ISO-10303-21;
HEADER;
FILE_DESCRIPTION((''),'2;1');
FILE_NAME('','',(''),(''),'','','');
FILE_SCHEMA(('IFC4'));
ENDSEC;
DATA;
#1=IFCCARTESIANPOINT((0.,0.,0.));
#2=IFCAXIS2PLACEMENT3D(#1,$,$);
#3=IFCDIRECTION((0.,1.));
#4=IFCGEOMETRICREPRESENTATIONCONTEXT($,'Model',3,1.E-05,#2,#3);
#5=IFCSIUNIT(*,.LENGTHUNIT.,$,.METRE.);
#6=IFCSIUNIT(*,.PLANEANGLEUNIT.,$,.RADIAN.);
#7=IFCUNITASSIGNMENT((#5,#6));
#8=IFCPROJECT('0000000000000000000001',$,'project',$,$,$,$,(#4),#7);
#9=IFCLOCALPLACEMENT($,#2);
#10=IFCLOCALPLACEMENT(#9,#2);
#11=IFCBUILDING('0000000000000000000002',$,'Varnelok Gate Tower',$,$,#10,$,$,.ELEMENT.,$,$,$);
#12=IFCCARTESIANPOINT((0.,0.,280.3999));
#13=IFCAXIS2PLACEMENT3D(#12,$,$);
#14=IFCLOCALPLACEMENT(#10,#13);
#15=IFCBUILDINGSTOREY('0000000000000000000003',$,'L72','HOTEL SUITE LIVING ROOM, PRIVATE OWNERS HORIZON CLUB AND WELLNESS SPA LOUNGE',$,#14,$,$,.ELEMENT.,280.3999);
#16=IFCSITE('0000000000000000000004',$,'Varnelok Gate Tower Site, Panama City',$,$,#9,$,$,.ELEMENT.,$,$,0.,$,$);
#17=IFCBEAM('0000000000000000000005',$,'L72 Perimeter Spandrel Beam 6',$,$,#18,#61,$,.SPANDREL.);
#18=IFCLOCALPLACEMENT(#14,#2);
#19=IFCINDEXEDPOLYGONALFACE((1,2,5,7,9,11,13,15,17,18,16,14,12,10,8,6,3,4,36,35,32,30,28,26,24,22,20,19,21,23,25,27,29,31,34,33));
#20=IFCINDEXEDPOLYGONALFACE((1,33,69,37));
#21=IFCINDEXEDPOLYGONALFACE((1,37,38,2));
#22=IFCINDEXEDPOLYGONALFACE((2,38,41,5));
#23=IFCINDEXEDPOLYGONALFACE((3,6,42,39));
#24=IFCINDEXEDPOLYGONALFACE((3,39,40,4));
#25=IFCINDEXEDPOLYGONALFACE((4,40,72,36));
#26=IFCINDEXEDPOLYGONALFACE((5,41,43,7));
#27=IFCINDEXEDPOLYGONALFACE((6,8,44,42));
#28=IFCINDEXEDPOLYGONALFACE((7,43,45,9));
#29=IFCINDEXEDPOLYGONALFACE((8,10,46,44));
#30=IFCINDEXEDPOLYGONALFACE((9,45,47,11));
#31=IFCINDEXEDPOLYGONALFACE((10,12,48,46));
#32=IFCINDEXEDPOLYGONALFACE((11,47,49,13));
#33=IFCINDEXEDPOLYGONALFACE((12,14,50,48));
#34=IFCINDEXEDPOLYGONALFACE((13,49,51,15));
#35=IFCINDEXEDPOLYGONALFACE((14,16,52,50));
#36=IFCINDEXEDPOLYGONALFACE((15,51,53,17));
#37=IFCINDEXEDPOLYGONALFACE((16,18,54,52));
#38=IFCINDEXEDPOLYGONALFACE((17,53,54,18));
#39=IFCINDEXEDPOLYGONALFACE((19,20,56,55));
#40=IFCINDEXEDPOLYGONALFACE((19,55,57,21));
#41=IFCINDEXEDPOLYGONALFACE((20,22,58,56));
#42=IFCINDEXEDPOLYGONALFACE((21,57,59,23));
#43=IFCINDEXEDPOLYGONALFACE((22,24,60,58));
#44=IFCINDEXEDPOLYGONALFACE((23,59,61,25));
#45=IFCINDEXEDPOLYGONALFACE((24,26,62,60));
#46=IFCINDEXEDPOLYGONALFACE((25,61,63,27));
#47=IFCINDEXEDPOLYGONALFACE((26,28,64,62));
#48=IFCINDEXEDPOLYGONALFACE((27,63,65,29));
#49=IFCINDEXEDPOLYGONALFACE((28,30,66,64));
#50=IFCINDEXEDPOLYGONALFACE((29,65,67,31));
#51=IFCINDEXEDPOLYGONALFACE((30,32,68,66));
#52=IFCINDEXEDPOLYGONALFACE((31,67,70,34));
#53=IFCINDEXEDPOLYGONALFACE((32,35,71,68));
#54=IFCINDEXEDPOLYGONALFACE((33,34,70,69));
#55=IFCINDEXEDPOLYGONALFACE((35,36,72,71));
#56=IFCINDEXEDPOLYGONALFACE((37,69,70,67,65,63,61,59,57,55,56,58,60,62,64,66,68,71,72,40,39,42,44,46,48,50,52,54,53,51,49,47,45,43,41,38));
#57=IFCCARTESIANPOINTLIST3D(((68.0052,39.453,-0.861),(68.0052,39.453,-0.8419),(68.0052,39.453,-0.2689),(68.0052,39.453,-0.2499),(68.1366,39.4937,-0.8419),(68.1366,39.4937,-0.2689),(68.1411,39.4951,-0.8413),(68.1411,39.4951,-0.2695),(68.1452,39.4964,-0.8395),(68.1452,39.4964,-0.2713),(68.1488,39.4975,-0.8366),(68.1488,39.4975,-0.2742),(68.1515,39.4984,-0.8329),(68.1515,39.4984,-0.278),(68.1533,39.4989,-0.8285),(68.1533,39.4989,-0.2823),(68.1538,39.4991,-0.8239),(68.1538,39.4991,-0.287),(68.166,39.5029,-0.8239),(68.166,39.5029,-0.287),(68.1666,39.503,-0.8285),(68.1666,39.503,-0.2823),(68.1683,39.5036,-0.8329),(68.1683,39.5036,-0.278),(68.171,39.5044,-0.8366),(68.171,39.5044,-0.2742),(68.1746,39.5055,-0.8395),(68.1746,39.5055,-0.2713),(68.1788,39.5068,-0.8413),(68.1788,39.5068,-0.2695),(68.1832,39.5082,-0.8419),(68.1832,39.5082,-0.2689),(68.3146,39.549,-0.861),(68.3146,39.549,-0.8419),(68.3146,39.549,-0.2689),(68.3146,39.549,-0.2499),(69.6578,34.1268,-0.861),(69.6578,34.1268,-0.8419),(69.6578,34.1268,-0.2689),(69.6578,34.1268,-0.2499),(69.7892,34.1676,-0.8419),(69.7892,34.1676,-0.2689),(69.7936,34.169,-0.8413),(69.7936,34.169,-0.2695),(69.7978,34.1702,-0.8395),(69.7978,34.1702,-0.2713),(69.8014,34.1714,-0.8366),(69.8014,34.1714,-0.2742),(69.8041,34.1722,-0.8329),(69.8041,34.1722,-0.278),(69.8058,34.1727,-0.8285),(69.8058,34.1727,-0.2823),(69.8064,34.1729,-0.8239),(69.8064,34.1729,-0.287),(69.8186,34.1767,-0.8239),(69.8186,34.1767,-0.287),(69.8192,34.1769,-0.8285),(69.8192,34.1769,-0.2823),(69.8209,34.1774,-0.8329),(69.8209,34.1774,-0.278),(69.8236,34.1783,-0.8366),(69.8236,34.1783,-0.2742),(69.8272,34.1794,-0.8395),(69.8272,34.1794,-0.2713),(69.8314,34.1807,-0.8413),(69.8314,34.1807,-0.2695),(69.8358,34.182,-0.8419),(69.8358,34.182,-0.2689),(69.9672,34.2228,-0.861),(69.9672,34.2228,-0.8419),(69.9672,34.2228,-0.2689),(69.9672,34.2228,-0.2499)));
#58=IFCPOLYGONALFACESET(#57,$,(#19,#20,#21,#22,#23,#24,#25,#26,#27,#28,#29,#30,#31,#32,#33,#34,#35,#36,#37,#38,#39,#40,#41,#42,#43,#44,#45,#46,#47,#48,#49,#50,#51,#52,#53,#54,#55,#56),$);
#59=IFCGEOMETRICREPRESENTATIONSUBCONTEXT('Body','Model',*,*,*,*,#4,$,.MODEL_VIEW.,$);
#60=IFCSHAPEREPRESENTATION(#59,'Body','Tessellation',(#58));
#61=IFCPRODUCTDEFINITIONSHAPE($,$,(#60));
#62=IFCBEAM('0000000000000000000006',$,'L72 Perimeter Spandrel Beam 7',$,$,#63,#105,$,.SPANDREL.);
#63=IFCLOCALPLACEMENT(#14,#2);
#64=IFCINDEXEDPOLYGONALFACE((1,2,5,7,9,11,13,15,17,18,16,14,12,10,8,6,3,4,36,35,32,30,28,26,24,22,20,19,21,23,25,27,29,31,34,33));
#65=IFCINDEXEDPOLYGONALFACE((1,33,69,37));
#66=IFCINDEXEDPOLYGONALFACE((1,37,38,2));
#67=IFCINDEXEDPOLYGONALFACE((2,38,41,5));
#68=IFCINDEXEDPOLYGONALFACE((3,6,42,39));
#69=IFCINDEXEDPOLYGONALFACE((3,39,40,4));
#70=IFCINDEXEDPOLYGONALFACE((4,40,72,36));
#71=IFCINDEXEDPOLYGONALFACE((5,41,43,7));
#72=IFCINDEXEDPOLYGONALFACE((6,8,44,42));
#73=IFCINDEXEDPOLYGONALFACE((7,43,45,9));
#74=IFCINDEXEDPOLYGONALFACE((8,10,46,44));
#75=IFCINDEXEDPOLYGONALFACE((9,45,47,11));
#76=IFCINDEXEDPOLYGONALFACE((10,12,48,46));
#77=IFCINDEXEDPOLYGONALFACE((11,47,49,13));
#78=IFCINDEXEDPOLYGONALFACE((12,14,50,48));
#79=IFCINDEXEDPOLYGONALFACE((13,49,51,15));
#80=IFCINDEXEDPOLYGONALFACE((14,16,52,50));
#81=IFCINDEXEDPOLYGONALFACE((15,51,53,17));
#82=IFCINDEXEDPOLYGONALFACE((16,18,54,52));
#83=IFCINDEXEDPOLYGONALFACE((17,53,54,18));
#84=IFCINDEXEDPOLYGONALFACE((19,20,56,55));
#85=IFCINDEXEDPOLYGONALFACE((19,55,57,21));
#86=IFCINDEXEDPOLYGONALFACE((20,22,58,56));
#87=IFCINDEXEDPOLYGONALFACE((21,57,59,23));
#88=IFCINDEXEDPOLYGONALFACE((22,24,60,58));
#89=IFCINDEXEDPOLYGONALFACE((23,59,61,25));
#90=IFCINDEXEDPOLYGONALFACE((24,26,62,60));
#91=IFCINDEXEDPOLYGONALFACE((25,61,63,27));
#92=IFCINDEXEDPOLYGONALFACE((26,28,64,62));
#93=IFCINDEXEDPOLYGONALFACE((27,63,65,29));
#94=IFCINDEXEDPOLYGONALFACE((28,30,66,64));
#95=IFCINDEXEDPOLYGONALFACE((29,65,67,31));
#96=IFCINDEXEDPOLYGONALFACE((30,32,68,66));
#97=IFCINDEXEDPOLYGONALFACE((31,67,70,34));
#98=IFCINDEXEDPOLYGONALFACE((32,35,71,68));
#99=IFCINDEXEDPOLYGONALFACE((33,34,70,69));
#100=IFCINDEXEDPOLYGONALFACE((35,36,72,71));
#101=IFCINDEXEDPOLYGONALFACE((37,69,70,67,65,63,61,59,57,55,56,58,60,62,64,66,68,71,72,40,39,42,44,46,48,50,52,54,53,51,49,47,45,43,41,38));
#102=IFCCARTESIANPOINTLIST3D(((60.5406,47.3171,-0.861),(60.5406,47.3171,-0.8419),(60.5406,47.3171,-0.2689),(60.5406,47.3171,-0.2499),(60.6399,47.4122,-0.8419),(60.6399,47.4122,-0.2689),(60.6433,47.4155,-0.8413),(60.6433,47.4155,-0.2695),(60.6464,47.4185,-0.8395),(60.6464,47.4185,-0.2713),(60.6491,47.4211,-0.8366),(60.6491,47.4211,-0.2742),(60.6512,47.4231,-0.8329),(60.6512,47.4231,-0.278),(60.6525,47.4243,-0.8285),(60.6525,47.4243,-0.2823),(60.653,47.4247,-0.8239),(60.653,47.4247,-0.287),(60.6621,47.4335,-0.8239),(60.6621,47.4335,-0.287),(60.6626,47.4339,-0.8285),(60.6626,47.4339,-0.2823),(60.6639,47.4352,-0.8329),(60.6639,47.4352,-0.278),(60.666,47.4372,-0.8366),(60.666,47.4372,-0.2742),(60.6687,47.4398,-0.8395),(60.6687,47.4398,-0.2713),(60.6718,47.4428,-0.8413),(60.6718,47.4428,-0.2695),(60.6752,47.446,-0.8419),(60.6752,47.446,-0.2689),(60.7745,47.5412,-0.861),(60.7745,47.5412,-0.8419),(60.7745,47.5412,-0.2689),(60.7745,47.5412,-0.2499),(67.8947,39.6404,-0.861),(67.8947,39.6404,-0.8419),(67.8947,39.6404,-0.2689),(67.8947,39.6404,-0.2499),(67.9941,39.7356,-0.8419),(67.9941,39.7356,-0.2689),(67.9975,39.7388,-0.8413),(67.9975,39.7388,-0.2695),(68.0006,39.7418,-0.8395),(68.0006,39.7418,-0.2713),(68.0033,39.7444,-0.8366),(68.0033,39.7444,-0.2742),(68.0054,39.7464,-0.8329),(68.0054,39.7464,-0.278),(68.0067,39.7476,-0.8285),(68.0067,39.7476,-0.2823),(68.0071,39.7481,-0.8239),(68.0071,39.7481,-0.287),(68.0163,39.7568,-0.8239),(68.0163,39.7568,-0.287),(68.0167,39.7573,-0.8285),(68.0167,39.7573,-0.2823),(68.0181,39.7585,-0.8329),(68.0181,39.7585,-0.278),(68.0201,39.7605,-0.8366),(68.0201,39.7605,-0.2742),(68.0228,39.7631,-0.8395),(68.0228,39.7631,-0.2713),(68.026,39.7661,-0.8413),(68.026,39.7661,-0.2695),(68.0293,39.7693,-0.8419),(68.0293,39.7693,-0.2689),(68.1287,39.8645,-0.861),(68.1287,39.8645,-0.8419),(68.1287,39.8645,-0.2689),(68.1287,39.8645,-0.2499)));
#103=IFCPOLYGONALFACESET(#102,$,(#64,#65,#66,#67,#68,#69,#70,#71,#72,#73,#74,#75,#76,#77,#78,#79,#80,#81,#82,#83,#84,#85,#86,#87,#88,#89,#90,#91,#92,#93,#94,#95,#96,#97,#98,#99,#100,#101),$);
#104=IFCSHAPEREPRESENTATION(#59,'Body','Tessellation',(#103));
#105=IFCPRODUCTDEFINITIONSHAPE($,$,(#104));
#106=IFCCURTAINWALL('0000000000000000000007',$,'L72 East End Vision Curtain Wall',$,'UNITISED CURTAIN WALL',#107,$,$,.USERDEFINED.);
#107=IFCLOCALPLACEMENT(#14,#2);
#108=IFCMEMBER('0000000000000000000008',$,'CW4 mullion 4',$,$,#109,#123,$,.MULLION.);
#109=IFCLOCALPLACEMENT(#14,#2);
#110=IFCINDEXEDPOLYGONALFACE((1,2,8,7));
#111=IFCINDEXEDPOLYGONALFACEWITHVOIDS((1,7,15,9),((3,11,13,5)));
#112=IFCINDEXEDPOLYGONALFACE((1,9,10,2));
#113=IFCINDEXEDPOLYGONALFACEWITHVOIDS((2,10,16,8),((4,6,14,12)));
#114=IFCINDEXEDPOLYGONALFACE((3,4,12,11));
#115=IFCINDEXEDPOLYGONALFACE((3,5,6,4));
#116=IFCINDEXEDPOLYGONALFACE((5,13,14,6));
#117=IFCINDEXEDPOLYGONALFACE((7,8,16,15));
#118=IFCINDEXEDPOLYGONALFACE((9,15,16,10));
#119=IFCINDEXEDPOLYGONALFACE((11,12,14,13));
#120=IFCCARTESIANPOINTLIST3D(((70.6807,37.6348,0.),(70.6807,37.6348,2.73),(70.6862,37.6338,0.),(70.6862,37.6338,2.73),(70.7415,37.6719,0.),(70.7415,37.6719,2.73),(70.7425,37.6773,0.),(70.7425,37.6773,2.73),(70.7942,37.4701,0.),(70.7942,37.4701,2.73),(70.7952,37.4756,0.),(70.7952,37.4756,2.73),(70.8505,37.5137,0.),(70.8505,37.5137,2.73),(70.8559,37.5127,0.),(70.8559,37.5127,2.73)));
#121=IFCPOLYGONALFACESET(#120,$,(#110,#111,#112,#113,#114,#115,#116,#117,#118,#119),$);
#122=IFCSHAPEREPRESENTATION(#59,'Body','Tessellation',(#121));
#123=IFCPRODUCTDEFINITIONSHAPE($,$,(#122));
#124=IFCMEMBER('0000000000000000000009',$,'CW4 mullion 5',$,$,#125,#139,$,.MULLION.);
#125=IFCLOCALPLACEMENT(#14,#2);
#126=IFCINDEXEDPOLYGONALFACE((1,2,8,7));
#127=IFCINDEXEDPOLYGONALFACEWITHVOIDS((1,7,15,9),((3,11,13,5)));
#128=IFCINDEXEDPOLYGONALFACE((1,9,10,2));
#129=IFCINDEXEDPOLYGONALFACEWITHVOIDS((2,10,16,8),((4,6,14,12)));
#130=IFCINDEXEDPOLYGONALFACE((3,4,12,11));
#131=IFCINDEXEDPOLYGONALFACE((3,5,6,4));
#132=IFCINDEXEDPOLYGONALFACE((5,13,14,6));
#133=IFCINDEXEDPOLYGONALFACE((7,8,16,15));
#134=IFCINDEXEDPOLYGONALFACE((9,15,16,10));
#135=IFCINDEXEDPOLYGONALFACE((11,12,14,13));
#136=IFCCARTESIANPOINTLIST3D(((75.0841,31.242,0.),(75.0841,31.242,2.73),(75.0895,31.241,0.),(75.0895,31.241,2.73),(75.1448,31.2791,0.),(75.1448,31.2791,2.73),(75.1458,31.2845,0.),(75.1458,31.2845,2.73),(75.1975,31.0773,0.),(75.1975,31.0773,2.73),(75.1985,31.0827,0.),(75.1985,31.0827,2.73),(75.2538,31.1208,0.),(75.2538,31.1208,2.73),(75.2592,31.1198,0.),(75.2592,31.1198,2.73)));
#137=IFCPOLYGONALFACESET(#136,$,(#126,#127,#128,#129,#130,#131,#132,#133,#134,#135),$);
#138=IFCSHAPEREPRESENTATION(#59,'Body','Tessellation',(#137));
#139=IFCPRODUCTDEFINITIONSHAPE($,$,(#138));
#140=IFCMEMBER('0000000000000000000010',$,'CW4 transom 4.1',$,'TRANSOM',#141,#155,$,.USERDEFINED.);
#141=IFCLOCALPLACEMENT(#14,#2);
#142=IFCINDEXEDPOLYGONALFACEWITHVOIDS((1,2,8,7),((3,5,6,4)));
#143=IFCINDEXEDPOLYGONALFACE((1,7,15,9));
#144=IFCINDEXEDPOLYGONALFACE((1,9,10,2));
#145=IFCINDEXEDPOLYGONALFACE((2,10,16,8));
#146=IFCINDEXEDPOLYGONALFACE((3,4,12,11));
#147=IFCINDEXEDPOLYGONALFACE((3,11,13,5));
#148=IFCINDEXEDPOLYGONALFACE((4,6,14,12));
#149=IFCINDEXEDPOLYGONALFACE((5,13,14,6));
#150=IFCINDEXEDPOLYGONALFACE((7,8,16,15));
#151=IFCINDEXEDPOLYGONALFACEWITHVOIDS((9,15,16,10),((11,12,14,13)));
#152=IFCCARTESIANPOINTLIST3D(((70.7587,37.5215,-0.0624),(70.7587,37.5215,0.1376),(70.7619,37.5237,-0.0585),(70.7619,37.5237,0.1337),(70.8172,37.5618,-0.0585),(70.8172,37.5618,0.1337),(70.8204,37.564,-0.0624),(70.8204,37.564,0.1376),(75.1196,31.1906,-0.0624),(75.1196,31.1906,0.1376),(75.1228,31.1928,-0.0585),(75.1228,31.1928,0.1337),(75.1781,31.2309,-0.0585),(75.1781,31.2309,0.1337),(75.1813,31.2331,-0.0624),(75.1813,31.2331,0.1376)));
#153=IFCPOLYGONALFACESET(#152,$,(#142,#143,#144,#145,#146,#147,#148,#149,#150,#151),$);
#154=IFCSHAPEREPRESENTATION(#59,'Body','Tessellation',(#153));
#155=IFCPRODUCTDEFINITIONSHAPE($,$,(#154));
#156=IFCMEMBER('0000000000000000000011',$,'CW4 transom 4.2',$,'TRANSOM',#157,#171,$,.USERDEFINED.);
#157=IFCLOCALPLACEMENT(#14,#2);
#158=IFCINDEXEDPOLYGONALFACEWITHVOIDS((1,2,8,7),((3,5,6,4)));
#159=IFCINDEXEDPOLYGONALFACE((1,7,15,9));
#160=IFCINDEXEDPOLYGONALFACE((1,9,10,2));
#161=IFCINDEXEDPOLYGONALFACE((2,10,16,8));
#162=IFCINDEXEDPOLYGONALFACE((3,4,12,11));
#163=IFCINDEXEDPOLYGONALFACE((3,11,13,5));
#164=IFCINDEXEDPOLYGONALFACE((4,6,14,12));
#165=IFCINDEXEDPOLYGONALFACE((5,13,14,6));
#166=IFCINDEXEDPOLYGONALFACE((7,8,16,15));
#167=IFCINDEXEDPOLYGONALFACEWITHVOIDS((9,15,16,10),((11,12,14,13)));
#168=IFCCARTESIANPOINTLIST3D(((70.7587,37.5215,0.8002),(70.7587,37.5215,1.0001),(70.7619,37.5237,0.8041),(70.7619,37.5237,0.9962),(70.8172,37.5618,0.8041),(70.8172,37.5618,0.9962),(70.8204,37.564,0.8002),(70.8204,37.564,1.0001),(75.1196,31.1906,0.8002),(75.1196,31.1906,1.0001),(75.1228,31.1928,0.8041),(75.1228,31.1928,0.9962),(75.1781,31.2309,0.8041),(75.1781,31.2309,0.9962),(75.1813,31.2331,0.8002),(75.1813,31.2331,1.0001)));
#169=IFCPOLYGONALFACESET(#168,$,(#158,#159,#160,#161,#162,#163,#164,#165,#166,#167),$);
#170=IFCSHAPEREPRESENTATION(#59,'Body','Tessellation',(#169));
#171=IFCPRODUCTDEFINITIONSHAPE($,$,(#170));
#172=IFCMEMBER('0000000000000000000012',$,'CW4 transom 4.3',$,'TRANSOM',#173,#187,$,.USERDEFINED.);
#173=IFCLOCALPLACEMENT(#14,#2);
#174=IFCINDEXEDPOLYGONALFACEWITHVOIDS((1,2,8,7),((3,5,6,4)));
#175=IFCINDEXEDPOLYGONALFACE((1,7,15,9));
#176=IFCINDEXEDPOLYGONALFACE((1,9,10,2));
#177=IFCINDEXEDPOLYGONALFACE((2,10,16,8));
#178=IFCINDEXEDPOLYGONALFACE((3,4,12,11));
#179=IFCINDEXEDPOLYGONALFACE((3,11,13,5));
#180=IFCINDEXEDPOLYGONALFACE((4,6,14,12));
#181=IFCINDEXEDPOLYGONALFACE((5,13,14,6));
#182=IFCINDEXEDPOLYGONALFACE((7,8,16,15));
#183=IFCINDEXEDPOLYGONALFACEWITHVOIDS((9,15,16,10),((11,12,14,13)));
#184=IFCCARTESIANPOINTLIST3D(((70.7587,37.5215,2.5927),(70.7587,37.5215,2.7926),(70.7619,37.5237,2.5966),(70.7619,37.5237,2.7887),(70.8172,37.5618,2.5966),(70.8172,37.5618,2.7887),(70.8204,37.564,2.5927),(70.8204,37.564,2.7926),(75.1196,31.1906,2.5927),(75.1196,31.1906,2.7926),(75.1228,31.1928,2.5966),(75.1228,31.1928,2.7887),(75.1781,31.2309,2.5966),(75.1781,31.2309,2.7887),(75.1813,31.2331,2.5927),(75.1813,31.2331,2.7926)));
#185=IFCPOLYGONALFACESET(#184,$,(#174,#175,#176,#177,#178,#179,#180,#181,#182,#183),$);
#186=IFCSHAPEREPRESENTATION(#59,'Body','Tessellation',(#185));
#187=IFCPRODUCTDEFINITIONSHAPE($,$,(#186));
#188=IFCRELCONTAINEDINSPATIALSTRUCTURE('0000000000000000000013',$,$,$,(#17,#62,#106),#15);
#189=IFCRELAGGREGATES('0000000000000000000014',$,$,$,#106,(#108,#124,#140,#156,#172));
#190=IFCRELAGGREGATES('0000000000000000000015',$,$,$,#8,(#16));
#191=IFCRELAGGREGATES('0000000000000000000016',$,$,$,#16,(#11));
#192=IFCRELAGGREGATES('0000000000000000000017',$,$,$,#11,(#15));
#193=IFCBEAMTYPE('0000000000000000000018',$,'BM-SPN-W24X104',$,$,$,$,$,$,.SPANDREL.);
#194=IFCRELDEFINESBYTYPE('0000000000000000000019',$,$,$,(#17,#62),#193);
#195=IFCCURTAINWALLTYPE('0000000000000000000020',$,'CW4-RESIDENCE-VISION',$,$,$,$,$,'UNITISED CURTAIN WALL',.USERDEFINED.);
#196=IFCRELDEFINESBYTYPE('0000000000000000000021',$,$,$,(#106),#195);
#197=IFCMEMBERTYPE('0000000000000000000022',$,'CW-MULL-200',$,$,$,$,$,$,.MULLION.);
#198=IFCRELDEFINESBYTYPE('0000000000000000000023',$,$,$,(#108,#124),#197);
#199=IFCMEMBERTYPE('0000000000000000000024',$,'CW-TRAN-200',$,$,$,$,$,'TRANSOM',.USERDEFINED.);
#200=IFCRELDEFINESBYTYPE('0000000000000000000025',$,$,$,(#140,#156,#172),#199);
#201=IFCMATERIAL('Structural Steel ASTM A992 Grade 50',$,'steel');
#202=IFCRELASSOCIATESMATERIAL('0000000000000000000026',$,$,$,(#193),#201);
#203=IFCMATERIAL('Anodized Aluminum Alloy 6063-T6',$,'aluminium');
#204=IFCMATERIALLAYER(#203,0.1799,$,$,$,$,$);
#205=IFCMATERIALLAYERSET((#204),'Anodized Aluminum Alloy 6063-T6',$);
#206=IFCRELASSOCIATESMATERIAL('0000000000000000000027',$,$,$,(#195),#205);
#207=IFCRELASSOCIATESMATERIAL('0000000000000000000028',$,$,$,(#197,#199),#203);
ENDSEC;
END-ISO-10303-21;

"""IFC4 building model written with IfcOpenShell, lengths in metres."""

from ifc_helpers import new_model, si_unit, direction, frame, origin, origin_2d, place, context, subcontext, project, spatial, hollow_rectangle, i_section, extrude, material, layer, layer_set, material_profile, profile_set, type_object, element, aggregate, save


model = new_model("IFC4")

# Units and contexts
model_context = context("Model", 3, precision=1e-05, world=origin(), true_north=direction((0.0, 1.0)))
body_context = subcontext(model_context, "Body", "Model", "MODEL_VIEW")
ifc_project = project(units=[si_unit("LENGTHUNIT", "METRE"), si_unit("PLANEANGLEUNIT", "RADIAN")], contexts=[model_context])

# Site, building, storey
site_placement = place(None, origin())
site = spatial("IfcSite", under=ifc_project, at=site_placement, Name="Varnelok Gate Tower Site, Panama City", CompositionType="ELEMENT", RefElevation=0.0)
building_placement = place(site_placement, origin())
building = spatial("IfcBuilding", under=site, at=building_placement, Name="Varnelok Gate Tower", CompositionType="ELEMENT")
storey_placement = place(building_placement, frame((0.0, 0.0, 280.3999)))
storey = spatial("IfcBuildingStorey", under=building, at=storey_placement, Name="L72", Description="HOTEL SUITE LIVING ROOM, PRIVATE OWNERS HORIZON CLUB AND WELLNESS SPA LOUNGE", CompositionType="ELEMENT", Elevation=280.3999)

# Shared definitions
ifc_material_1 = material(Name="Structural Steel ASTM A992 Grade 50", Category="steel")

# Beams
ifc_material_profile_1 = material_profile(ifc_material_1, i_section(OverallWidth=0.324, OverallDepth=0.6111, WebThickness=0.0127, FlangeThickness=0.019, FilletRadius=0.0181, at=origin_2d()), Name="W24X104")
ifc_profile_set_1 = profile_set([ifc_material_profile_1], Name="Structural Steel ASTM A992 Grade 50")
beam_type_1 = type_object("IfcBeamType", Name="BM-SPN-W24X104", PredefinedType="SPANDREL", material=ifc_profile_set_1)
beam_1_placement = place(storey_placement, frame((69.8125, 34.1748, -0.5554), z_axis=(-0.29634, 0.955083, 0.0), x_axis=(-0.955083, -0.29634, 0.0)))
element("IfcBeam", 1, at=beam_1_placement, inside=storey, type_object=beam_type_1, Name="L72 Perimeter Spandrel Beam 6", PredefinedType="SPANDREL", context=body_context, shape_type="SweptSolid", body=[
    extrude(i_section(OverallWidth=0.324, OverallDepth=0.6111, WebThickness=0.0127, FlangeThickness=0.019, FilletRadius=0.0181, at=origin_2d()), origin(), (0.0, 0.0, 1.0), 5.5767),
])
beam_2_placement = place(storey_placement, frame((68.0117, 39.7524, -0.5554), z_axis=(-0.691776, 0.722112, 0.0), x_axis=(-0.722112, -0.691776, 0.0)))
element("IfcBeam", 2, at=beam_2_placement, inside=storey, type_object=beam_type_1, Name="L72 Perimeter Spandrel Beam 7", PredefinedType="SPANDREL", context=body_context, shape_type="SweptSolid", body=[
    extrude(i_section(OverallWidth=0.324, OverallDepth=0.6111, WebThickness=0.0127, FlangeThickness=0.019, FilletRadius=0.0181, at=origin_2d()), origin(), (0.0, 0.0, 1.0), 10.6309),
])

# Curtain wall, members
ifc_material_2 = material(Name="Anodized Aluminum Alloy 6063-T6", Category="aluminium")
ifc_layer_1 = layer(ifc_material_2, 0.1799)
ifc_layer_set_1 = layer_set([ifc_layer_1], Name="Anodized Aluminum Alloy 6063-T6")
curtain_wall_type = type_object("IfcCurtainWallType", Name="CW4-RESIDENCE-VISION", ElementType="UNITISED CURTAIN WALL", PredefinedType="USERDEFINED", material=ifc_layer_set_1)
curtain_wall_placement = place(storey_placement, origin())
curtain_wall = element("IfcCurtainWall", 3, at=curtain_wall_placement, inside=storey, type_object=curtain_wall_type, Name="L72 East End Vision Curtain Wall", ObjectType="UNITISED CURTAIN WALL", PredefinedType="USERDEFINED")
ifc_material_profile_2 = material_profile(ifc_material_2, hollow_rectangle(XDim=0.075, YDim=0.2, WallThickness=0.0039, at=origin_2d()), Name="ALU200X75X4")
ifc_profile_set_2 = profile_set([ifc_material_profile_2], Name="Anodized Aluminum Alloy 6063-T6")
member_type_1 = type_object("IfcMemberType", Name="CW-MULL-200", PredefinedType="MULLION", material=ifc_profile_set_2)
member_1_placement = place(storey_placement, frame((70.7683, 37.5737, 0.0), z_axis=(0.0, 0.0, 1.0), x_axis=(0.823532, 0.567269, 0.0)))
member_1 = element("IfcMember", 4, at=member_1_placement, type_object=member_type_1, Name="CW4 mullion 4", PredefinedType="MULLION", context=body_context, shape_type="SweptSolid", body=[
    extrude(hollow_rectangle(XDim=0.075, YDim=0.2, WallThickness=0.0039, at=origin_2d()), origin(), (0.0, 0.0, 1.0), 2.73),
])
member_2_placement = place(storey_placement, frame((75.1716, 31.1809, 0.0), z_axis=(0.0, 0.0, 1.0), x_axis=(0.823532, 0.567269, 0.0)))
member_2 = element("IfcMember", 5, at=member_2_placement, type_object=member_type_1, Name="CW4 mullion 5", PredefinedType="MULLION", context=body_context, shape_type="SweptSolid", body=[
    extrude(hollow_rectangle(XDim=0.075, YDim=0.2, WallThickness=0.0039, at=origin_2d()), origin(), (0.0, 0.0, 1.0), 2.73),
])
ifc_material_profile_3 = material_profile(ifc_material_2, hollow_rectangle(XDim=0.075, YDim=0.2, WallThickness=0.0039, at=origin_2d()), Name="ALU200X75X4")
ifc_profile_set_3 = profile_set([ifc_material_profile_3], Name="Anodized Aluminum Alloy 6063-T6")
member_type_2 = type_object("IfcMemberType", Name="CW-TRAN-200", ElementType="TRANSOM", PredefinedType="USERDEFINED", material=ifc_profile_set_3)
member_3_placement = place(storey_placement, frame((70.7896, 37.5427, 0.0376), z_axis=(0.567271, -0.823531, 0.0), x_axis=(0.823531, 0.567271, 0.0)))
member_3 = element("IfcMember", 6, at=member_3_placement, type_object=member_type_2, Name="CW4 transom 4.1", ObjectType="TRANSOM", PredefinedType="USERDEFINED", context=body_context, shape_type="SweptSolid", body=[
    extrude(hollow_rectangle(XDim=0.075, YDim=0.2, WallThickness=0.0039, at=origin_2d()), origin(), (0.0, 0.0, 1.0), 7.6875),
])
member_4_placement = place(storey_placement, frame((70.7896, 37.5427, 0.9001), z_axis=(0.567271, -0.823531, 0.0), x_axis=(0.823531, 0.567271, 0.0)))
member_4 = element("IfcMember", 7, at=member_4_placement, type_object=member_type_2, Name="CW4 transom 4.2", ObjectType="TRANSOM", PredefinedType="USERDEFINED", context=body_context, shape_type="SweptSolid", body=[
    extrude(hollow_rectangle(XDim=0.075, YDim=0.2, WallThickness=0.0039, at=origin_2d()), origin(), (0.0, 0.0, 1.0), 7.6875),
])
member_5_placement = place(storey_placement, frame((70.7896, 37.5427, 2.6926), z_axis=(0.567271, -0.823531, 0.0), x_axis=(0.823531, 0.567271, 0.0)))
member_5 = element("IfcMember", 8, at=member_5_placement, type_object=member_type_2, Name="CW4 transom 4.3", ObjectType="TRANSOM", PredefinedType="USERDEFINED", context=body_context, shape_type="SweptSolid", body=[
    extrude(hollow_rectangle(XDim=0.075, YDim=0.2, WallThickness=0.0039, at=origin_2d()), origin(), (0.0, 0.0, 1.0), 7.6875),
])
aggregate(curtain_wall, [member_1, member_2, member_3, member_4, member_5])

save(model, "model.ifc")
